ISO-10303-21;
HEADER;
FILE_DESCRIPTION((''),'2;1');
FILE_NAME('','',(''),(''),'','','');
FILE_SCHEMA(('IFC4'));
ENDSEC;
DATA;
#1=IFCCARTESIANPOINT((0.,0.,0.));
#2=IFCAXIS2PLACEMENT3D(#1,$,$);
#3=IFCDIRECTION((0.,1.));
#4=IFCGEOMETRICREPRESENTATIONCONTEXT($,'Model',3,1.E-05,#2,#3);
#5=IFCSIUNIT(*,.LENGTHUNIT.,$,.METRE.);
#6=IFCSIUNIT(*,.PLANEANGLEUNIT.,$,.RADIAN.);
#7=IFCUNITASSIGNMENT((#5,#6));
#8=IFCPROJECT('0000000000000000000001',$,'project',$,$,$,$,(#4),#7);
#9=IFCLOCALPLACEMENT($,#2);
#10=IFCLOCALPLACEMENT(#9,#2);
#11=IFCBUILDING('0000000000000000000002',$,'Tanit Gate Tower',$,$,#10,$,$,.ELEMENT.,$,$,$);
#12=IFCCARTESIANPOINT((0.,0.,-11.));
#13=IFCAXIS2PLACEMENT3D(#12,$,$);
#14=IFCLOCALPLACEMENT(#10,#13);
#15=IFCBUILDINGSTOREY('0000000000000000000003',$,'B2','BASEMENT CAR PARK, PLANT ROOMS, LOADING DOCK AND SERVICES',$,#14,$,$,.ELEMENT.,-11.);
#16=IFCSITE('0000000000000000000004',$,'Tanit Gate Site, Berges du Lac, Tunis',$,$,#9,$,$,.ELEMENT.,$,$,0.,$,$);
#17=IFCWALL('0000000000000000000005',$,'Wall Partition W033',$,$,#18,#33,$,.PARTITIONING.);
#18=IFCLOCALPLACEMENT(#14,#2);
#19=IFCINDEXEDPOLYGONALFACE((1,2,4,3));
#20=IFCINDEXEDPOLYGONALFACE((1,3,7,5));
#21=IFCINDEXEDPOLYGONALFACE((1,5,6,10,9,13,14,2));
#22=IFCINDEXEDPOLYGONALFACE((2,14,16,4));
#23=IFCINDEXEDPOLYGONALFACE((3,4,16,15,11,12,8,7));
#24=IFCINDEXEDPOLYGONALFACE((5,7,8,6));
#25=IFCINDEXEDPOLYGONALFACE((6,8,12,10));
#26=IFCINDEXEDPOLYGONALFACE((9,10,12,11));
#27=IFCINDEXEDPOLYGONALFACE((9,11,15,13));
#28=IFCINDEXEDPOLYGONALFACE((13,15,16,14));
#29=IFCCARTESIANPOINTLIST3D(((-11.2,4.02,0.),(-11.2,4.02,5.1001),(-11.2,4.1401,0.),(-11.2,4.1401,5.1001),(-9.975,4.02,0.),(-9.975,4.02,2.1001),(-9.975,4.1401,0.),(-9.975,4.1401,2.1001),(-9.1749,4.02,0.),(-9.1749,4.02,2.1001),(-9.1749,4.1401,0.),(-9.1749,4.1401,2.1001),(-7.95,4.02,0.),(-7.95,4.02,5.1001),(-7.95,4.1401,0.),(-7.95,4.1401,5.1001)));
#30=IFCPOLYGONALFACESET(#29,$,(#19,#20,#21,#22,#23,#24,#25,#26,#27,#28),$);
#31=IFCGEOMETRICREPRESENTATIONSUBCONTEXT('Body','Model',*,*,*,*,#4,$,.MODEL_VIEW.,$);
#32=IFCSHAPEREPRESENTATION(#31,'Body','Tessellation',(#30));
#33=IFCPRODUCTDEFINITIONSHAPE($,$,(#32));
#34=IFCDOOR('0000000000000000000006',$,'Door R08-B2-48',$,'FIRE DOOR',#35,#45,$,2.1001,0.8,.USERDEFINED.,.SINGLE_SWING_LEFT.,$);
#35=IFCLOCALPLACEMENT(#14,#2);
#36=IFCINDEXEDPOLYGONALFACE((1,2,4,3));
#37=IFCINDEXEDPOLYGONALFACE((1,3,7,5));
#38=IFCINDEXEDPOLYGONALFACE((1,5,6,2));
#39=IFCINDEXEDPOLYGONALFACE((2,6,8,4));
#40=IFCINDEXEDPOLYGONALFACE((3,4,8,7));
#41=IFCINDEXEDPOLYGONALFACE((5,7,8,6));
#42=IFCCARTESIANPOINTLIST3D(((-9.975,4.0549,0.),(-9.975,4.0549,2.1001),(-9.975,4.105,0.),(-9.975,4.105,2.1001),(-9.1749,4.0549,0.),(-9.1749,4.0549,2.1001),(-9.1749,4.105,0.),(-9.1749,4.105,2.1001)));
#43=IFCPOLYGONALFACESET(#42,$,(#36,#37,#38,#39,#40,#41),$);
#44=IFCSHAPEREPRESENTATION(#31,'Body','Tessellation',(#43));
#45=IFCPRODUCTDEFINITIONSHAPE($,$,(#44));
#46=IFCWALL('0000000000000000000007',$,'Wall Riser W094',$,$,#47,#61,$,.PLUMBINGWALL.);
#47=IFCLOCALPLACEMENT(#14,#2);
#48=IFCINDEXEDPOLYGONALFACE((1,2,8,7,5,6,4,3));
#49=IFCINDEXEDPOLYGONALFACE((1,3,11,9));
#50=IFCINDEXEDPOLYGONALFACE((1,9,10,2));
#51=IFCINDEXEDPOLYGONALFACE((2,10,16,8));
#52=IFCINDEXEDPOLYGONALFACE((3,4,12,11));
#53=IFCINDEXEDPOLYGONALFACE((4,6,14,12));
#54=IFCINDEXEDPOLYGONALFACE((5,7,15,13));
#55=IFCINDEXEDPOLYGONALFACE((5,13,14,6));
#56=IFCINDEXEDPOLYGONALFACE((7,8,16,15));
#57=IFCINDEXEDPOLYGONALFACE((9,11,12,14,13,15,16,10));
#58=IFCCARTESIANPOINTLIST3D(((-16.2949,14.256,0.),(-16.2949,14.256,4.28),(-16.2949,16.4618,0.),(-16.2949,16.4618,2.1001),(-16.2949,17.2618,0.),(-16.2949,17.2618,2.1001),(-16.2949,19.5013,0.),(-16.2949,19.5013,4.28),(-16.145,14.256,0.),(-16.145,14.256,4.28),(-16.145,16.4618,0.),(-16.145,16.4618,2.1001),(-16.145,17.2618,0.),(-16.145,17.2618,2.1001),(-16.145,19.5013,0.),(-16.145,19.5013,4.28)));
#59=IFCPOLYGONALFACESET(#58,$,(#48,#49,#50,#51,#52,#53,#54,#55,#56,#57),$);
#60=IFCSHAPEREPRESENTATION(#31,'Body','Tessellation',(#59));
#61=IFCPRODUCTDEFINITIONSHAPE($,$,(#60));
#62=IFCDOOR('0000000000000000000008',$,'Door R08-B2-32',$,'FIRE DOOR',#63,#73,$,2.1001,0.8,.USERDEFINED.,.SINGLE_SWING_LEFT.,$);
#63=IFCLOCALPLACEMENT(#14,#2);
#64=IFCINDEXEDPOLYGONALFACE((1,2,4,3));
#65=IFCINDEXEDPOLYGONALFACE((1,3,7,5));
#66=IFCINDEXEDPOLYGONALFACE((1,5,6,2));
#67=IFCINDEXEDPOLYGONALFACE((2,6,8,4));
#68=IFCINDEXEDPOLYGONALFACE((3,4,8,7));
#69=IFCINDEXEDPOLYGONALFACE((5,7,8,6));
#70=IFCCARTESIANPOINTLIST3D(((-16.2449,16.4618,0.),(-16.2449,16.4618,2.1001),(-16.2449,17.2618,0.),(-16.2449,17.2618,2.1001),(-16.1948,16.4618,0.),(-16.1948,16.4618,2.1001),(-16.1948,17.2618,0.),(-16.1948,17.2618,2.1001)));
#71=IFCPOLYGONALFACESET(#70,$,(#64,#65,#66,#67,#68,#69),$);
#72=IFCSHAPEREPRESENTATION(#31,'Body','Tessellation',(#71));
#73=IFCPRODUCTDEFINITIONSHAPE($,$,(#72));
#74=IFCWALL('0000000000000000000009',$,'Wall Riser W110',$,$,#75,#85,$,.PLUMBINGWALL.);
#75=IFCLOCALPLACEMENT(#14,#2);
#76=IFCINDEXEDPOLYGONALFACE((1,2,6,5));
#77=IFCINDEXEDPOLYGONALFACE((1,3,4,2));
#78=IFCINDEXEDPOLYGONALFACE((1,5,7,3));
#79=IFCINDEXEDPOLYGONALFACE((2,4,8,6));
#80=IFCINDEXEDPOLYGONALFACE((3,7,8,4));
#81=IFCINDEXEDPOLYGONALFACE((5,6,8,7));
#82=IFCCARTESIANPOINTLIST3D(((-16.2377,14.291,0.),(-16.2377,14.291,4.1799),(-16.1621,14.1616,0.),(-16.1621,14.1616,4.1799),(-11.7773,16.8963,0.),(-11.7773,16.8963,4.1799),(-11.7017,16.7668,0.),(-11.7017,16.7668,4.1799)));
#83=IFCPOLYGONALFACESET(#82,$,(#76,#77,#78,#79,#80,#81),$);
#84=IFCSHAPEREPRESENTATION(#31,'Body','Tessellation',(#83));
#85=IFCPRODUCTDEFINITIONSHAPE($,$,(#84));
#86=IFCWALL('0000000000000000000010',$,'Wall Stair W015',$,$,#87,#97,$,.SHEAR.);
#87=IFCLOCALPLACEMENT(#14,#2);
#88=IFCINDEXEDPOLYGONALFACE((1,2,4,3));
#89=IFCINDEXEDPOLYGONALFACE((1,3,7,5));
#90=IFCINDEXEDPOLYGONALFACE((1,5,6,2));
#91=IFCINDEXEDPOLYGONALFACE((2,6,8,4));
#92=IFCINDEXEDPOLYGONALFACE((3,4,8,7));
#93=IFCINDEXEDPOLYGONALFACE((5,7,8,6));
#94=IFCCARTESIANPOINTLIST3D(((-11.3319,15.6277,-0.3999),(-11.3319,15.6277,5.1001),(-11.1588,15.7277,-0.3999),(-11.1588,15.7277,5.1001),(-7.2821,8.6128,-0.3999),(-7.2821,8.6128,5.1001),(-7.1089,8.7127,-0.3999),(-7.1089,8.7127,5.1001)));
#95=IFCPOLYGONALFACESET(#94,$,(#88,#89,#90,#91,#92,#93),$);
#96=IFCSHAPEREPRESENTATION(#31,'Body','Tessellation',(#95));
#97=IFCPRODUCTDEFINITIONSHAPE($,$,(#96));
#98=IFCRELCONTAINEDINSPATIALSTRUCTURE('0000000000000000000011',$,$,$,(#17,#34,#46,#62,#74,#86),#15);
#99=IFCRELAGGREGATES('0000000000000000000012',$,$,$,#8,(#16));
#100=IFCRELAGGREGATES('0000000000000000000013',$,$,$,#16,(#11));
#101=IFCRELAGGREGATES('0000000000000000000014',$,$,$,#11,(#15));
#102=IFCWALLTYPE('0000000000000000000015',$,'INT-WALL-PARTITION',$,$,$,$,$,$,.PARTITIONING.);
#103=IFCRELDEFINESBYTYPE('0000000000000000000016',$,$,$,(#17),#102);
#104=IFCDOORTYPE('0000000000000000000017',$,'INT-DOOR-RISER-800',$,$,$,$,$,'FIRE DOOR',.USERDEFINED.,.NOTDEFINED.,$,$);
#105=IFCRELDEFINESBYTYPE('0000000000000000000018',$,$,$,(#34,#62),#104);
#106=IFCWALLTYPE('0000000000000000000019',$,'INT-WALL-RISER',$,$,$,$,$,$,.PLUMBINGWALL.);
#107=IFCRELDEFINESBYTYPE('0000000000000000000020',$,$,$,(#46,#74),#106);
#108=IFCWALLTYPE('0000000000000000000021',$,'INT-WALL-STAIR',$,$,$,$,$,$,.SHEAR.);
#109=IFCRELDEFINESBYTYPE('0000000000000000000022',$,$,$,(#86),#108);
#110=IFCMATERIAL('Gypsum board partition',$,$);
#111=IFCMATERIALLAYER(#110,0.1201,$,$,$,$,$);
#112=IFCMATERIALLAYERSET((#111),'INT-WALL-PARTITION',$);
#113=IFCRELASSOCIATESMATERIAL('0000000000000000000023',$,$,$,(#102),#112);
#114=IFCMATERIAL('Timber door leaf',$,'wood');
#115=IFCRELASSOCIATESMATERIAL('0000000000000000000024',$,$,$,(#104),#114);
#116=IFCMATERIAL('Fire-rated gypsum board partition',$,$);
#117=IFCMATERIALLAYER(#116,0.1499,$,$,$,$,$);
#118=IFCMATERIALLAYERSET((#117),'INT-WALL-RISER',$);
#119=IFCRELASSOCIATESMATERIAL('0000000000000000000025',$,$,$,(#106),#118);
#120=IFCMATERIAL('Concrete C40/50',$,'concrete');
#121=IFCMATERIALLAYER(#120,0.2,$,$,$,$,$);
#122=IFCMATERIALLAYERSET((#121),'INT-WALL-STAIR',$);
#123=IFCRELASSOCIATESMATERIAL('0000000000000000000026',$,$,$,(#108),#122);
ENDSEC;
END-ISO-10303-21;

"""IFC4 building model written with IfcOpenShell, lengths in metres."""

from ifc_helpers import new_model, si_unit, direction, frame, frame_2d, origin, place, context, subcontext, project, spatial, rectangle, extrude, material, layer, layer_set, type_object, element, fill, save


model = new_model("IFC4")

# Units and contexts
model_context = context("Model", 3, precision=1e-05, world=origin(), true_north=direction((0.0, 1.0)))
body_context = subcontext(model_context, "Body", "Model", "MODEL_VIEW")
ifc_project = project(units=[si_unit("LENGTHUNIT", "METRE"), si_unit("PLANEANGLEUNIT", "RADIAN")], contexts=[model_context])

# Site, building, storey
site_placement = place(None, origin())
site = spatial("IfcSite", under=ifc_project, at=site_placement, Name="Tanit Gate Site, Berges du Lac, Tunis", CompositionType="ELEMENT", RefElevation=0.0)
building_placement = place(site_placement, origin())
building = spatial("IfcBuilding", under=site, at=building_placement, Name="Tanit Gate Tower", CompositionType="ELEMENT")
storey_placement = place(building_placement, frame((0.0, 0.0, -11.0)))
storey = spatial("IfcBuildingStorey", under=building, at=storey_placement, Name="B2", Description="BASEMENT CAR PARK, PLANT ROOMS, LOADING DOCK AND SERVICES", CompositionType="ELEMENT", Elevation=-11.0)

# Walls, openings, doors
ifc_material_1 = material(Name="Gypsum board partition")
ifc_layer_1 = layer(ifc_material_1, 0.1201)
ifc_layer_set_1 = layer_set([ifc_layer_1], Name="INT-WALL-PARTITION")
wall_type_1 = type_object("IfcWallType", Name="INT-WALL-PARTITION", PredefinedType="PARTITIONING", material=ifc_layer_set_1)
wall_1_placement = place(storey_placement, frame((-11.2, 4.0801, 0.0), z_axis=(0.0, 0.0, 1.0), x_axis=(1.0, 0.0, 0.0)))
wall_1 = element("IfcWall", 1, at=wall_1_placement, inside=storey, type_object=wall_type_1, Name="Wall Partition W033", PredefinedType="PARTITIONING", context=body_context, shape_type="SweptSolid", body=[
    extrude(rectangle(XDim=3.25, YDim=0.1201, at=frame_2d((1.625, 0.0))), origin(), (0.0, 0.0, 1.0), 5.1001),
])
opening_1_placement = place(wall_1_placement, frame((1.2251, 0.0, 0.0)))
opening_1 = element("IfcOpeningElement", 2, at=opening_1_placement, cuts=wall_1, PredefinedType="OPENING", context=body_context, shape_type="SweptSolid", body=[
    extrude(rectangle(XDim=0.8, YDim=2.1001, at=frame_2d((0.3999, 1.05))), frame((0.0, 0.0701, 0.0), z_axis=(0.0, -1.0, 0.0), x_axis=(1.0, 0.0, 0.0)), (0.0, 0.0, 1.0), 0.1401),
])
ifc_material_2 = material(Name="Timber door leaf", Category="wood")
door_type_1 = type_object("IfcDoorType", Name="INT-DOOR-RISER-800", ElementType="FIRE DOOR", OperationType="NOTDEFINED", PredefinedType="USERDEFINED", material=ifc_material_2)
door_1_placement = place(opening_1_placement, origin())
door_1 = element("IfcDoor", 3, at=door_1_placement, inside=storey, type_object=door_type_1, Name="Door R08-B2-48", ObjectType="FIRE DOOR", OperationType="SINGLE_SWING_LEFT", OverallHeight=2.1001, OverallWidth=0.8, PredefinedType="USERDEFINED", context=body_context, shape_type="SweptSolid", body=[
    extrude(rectangle(XDim=0.8, YDim=2.1001, at=frame_2d((0.3999, 1.05))), frame((0.0, 0.0249, 0.0), z_axis=(0.0, -1.0, 0.0), x_axis=(1.0, 0.0, 0.0)), (0.0, 0.0, 1.0), 0.05),
])
fill(opening_1, door_1)
ifc_material_3 = material(Name="Fire-rated gypsum board partition")
ifc_layer_2 = layer(ifc_material_3, 0.1499)
ifc_layer_set_2 = layer_set([ifc_layer_2], Name="INT-WALL-RISER")
wall_type_2 = type_object("IfcWallType", Name="INT-WALL-RISER", PredefinedType="PLUMBINGWALL", material=ifc_layer_set_2)
wall_2_placement = place(storey_placement, frame((-16.22, 14.2561, 0.0), z_axis=(0.0, 0.0, 1.0), x_axis=(0.0, 1.0, 0.0)))
wall_2 = element("IfcWall", 4, at=wall_2_placement, inside=storey, type_object=wall_type_2, Name="Wall Riser W094", PredefinedType="PLUMBINGWALL", context=body_context, shape_type="SweptSolid", body=[
    extrude(rectangle(XDim=5.2454, YDim=0.1499, at=frame_2d((2.6226, 0.0))), origin(), (0.0, 0.0, 1.0), 4.28),
])
opening_2_placement = place(wall_2_placement, frame((2.2058, 0.0, 0.0)))
opening_2 = element("IfcOpeningElement", 5, at=opening_2_placement, cuts=wall_2, PredefinedType="OPENING", context=body_context, shape_type="SweptSolid", body=[
    extrude(rectangle(XDim=0.8, YDim=2.1001, at=frame_2d((0.3999, 1.05))), frame((0.0, 0.085, 0.0), z_axis=(0.0, -1.0, 0.0), x_axis=(1.0, 0.0, 0.0)), (0.0, 0.0, 1.0), 0.1699),
])
door_2_placement = place(opening_2_placement, origin())
door_2 = element("IfcDoor", 6, at=door_2_placement, inside=storey, type_object=door_type_1, Name="Door R08-B2-32", ObjectType="FIRE DOOR", OperationType="SINGLE_SWING_LEFT", OverallHeight=2.1001, OverallWidth=0.8, PredefinedType="USERDEFINED", context=body_context, shape_type="SweptSolid", body=[
    extrude(rectangle(XDim=0.8, YDim=2.1001, at=frame_2d((0.3999, 1.05))), frame((0.0, 0.0249, 0.0), z_axis=(0.0, -1.0, 0.0), x_axis=(1.0, 0.0, 0.0)), (0.0, 0.0, 1.0), 0.05),
])
fill(opening_2, door_2)

# Walls
wall_3_placement = place(storey_placement, frame((-11.7395, 16.8315, 0.0), z_axis=(0.0, 0.0, 1.0), x_axis=(-0.863501, -0.504347, 0.0)))
element("IfcWall", 7, at=wall_3_placement, inside=storey, type_object=wall_type_2, Name="Wall Riser W110", PredefinedType="PLUMBINGWALL", context=body_context, shape_type="SweptSolid", body=[
    extrude(rectangle(XDim=5.1655, YDim=0.1499, at=frame_2d((2.5828, 0.0))), origin(), (0.0, 0.0, 1.0), 4.1799),
])
ifc_material_4 = material(Name="Concrete C40/50", Category="concrete")
ifc_layer_3 = layer(ifc_material_4, 0.2)
ifc_layer_set_3 = layer_set([ifc_layer_3], Name="INT-WALL-STAIR")
wall_type_3 = type_object("IfcWallType", Name="INT-WALL-STAIR", PredefinedType="SHEAR", material=ifc_layer_set_3)
wall_4_placement = place(storey_placement, frame((-11.2454, 15.6777, -0.3999), z_axis=(0.0, 0.0, 1.0), x_axis=(0.499977, -0.866039, 0.0)))
element("IfcWall", 8, at=wall_4_placement, inside=storey, type_object=wall_type_3, Name="Wall Stair W015", PredefinedType="SHEAR", context=body_context, shape_type="SweptSolid", body=[
    extrude(rectangle(XDim=8.1001, YDim=0.2, at=frame_2d((4.05, 0.0))), origin(), (0.0, 0.0, 1.0), 5.5),
])

save(model, "model.ifc")
